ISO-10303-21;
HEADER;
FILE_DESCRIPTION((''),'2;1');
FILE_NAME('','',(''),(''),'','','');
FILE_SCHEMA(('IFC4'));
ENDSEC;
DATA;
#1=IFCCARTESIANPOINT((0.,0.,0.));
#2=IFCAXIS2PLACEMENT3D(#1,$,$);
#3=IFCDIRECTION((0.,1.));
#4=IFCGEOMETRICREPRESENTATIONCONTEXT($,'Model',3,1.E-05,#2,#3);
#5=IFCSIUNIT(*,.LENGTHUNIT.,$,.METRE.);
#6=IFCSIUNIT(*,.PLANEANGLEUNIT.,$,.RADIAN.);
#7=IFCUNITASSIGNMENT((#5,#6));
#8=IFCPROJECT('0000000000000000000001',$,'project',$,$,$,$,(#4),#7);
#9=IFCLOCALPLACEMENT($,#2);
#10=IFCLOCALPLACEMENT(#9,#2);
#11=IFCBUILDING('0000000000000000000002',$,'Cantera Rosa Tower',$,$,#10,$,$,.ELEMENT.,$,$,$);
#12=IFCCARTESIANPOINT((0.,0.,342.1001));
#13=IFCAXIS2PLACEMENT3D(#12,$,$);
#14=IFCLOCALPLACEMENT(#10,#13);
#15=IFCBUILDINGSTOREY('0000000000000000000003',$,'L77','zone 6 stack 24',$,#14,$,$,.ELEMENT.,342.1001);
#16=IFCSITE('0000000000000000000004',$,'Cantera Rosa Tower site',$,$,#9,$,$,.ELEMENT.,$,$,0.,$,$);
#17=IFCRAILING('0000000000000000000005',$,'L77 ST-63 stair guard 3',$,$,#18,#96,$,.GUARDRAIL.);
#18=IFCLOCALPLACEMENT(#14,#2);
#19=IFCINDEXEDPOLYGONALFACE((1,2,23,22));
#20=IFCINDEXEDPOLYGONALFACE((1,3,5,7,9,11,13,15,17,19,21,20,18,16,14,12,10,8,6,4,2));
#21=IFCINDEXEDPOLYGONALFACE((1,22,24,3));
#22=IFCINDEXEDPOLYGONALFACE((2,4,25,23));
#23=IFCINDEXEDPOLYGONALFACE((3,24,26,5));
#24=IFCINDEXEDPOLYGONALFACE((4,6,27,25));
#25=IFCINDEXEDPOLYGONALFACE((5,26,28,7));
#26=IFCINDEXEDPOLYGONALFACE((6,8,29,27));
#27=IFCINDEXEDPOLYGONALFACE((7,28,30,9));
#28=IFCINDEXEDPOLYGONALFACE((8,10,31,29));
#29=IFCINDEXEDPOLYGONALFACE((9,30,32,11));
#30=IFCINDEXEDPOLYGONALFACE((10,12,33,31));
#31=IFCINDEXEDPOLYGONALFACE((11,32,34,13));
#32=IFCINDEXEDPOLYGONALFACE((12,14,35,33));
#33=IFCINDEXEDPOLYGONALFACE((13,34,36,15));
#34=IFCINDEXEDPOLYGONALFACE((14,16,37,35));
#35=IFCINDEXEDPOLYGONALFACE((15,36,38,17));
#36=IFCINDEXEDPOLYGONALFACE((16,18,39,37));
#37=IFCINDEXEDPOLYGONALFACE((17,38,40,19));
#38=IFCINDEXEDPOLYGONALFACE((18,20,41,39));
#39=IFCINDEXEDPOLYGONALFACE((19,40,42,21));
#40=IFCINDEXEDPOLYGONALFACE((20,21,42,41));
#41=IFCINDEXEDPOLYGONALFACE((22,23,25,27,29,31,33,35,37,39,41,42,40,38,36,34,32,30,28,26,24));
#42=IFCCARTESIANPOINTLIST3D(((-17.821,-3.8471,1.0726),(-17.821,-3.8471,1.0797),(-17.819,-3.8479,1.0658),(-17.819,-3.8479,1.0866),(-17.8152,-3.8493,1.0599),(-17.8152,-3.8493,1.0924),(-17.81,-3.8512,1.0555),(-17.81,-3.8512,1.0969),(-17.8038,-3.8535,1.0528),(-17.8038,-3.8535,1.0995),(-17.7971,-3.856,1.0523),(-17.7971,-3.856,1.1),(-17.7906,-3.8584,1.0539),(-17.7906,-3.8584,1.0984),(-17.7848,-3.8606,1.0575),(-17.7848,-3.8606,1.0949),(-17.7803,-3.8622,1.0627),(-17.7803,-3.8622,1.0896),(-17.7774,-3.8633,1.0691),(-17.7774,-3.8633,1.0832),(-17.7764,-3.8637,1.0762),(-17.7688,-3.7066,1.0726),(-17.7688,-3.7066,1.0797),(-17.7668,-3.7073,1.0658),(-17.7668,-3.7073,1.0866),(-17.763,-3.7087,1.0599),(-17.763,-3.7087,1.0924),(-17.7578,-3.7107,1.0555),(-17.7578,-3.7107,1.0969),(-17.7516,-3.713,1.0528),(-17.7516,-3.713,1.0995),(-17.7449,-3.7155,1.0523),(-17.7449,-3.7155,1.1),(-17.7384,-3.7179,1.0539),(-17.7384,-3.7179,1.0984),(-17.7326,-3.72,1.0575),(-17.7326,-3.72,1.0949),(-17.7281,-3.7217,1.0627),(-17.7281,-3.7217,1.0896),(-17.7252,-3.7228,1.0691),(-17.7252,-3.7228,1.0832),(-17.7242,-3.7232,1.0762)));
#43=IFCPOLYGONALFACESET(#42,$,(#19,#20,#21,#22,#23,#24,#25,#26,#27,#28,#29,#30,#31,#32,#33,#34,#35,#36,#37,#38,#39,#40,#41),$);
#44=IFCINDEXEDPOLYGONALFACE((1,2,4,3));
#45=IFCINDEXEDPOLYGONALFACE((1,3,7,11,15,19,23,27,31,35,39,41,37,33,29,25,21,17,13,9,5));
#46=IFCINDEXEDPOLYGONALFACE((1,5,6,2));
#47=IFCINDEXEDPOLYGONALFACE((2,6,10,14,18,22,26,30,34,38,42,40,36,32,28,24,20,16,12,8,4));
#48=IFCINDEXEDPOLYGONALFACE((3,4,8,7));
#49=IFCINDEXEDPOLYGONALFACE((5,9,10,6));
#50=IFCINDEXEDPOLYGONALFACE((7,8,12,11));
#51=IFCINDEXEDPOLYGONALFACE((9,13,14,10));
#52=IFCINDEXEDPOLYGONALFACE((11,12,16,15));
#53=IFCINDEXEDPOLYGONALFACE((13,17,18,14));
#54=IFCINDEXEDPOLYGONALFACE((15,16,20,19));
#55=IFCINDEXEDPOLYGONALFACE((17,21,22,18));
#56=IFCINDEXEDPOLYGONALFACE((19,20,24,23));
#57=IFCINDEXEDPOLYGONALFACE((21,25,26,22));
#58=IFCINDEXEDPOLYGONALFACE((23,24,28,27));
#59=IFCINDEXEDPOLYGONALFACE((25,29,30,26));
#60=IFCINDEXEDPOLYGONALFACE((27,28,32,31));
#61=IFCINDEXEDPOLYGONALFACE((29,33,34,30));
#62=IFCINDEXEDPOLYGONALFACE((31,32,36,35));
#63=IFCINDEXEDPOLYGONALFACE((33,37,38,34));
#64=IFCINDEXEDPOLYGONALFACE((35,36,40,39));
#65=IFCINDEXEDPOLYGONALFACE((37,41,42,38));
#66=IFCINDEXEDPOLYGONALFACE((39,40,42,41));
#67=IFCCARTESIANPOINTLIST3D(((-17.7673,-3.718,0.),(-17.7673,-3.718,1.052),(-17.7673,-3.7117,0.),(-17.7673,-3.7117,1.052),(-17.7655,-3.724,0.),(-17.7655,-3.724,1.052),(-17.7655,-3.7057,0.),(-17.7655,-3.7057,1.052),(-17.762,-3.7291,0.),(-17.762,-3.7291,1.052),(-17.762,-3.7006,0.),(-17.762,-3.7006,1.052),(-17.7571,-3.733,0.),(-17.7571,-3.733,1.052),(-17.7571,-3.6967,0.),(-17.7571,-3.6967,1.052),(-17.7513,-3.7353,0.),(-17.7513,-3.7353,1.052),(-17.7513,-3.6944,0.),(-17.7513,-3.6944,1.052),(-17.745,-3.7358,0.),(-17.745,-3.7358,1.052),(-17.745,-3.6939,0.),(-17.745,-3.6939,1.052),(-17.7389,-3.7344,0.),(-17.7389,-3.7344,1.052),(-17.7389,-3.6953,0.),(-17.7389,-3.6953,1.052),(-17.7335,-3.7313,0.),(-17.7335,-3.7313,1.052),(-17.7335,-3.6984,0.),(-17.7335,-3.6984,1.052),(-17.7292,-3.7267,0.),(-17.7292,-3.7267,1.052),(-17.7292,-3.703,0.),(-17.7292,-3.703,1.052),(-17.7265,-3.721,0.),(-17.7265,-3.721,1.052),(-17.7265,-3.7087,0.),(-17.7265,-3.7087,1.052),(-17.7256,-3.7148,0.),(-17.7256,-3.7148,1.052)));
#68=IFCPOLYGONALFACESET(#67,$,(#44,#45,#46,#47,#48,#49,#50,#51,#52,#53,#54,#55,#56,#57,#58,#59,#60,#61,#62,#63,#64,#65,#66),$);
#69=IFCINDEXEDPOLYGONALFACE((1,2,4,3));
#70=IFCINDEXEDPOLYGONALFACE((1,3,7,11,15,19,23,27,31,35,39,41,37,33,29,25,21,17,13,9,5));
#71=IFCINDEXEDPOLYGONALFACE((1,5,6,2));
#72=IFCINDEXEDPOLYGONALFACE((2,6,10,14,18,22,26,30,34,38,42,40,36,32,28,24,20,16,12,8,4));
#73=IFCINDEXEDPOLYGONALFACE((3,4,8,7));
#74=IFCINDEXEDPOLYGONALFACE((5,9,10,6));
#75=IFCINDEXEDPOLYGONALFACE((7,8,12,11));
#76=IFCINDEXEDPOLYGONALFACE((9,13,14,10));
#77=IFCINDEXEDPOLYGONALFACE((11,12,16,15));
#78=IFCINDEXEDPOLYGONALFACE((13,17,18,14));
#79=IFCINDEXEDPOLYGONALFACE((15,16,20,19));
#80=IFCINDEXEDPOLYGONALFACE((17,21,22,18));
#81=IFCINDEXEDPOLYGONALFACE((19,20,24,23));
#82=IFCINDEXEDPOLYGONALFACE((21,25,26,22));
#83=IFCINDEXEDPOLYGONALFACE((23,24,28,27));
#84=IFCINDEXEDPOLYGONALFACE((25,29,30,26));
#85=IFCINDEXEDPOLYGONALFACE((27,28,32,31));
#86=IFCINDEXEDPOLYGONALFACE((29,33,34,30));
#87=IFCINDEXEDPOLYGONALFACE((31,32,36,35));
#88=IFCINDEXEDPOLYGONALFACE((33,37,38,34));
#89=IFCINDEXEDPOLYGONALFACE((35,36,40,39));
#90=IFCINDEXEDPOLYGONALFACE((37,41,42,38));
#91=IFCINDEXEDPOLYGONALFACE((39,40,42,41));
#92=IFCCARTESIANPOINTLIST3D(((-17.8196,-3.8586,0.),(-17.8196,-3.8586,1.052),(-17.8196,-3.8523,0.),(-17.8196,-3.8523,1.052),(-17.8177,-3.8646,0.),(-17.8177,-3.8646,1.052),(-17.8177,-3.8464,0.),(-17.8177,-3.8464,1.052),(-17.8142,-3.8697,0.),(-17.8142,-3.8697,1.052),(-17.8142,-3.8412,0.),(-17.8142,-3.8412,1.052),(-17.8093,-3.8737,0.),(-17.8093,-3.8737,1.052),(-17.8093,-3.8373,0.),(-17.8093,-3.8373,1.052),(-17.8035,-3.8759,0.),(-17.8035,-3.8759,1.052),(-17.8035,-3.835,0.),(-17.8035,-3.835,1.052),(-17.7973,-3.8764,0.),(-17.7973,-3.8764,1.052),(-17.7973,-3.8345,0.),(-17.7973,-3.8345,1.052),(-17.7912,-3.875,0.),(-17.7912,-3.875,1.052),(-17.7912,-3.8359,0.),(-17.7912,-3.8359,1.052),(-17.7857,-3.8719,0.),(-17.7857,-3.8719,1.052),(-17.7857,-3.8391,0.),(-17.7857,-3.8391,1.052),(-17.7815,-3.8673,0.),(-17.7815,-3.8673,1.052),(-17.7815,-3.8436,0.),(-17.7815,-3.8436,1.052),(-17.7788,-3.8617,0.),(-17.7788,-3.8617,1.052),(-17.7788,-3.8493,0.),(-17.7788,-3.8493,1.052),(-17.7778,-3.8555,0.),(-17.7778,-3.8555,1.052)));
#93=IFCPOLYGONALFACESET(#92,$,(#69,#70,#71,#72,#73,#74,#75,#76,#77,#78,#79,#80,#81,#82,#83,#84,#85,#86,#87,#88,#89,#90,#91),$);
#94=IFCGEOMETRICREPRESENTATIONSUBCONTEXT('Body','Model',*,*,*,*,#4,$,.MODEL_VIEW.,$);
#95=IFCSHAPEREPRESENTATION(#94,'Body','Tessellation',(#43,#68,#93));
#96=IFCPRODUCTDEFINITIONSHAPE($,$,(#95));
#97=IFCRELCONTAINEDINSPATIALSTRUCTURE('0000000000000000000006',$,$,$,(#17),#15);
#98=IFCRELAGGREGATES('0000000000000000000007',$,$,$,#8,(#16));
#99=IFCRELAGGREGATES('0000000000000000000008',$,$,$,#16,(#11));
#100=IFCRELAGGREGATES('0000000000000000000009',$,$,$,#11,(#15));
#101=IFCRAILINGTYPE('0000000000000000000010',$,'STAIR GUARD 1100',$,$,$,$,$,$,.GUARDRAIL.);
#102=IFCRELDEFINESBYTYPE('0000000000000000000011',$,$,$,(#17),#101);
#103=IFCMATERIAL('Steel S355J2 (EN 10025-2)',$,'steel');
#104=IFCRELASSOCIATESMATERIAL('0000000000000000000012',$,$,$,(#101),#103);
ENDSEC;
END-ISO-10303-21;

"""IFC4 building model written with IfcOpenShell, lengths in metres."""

from ifc_helpers import new_model, si_unit, direction, frame, origin, origin_2d, place, context, subcontext, project, spatial, circle, extrude, material, type_object, element, save


model = new_model("IFC4")

# Units and contexts
model_context = context("Model", 3, precision=1e-05, world=origin(), true_north=direction((0.0, 1.0)))
body_context = subcontext(model_context, "Body", "Model", "MODEL_VIEW")
ifc_project = project(units=[si_unit("LENGTHUNIT", "METRE"), si_unit("PLANEANGLEUNIT", "RADIAN")], contexts=[model_context])

# Site, building, storey
site_placement = place(None, origin())
site = spatial("IfcSite", under=ifc_project, at=site_placement, Name="Cantera Rosa Tower site", CompositionType="ELEMENT", RefElevation=0.0)
building_placement = place(site_placement, origin())
building = spatial("IfcBuilding", under=site, at=building_placement, Name="Cantera Rosa Tower", CompositionType="ELEMENT")
storey_placement = place(building_placement, frame((0.0, 0.0, 342.1001)))
storey = spatial("IfcBuildingStorey", under=building, at=storey_placement, Name="L77", Description="zone 6 stack 24", CompositionType="ELEMENT", Elevation=342.1001)

# Railing
ifc_material_1 = material(Name="Steel S355J2 (EN 10025-2)", Category="steel")
railing_type_1 = type_object("IfcRailingType", Name="STAIR GUARD 1100", PredefinedType="GUARDRAIL", material=ifc_material_1)
railing_1_placement = place(storey_placement, frame((-17.7466, -3.7148, 0.0)))
element("IfcRailing", 1, at=railing_1_placement, inside=storey, type_object=railing_type_1, Name="L77 ST-63 stair guard 3", PredefinedType="GUARDRAIL", context=body_context, shape_type="SweptSolid", body=[
    extrude(circle(Radius=0.0239, at=origin_2d()), frame((0.0, 0.0, 1.0762), z_axis=(-0.348268, -0.937395, 0.0), x_axis=(0.937395, -0.348268, 0.0)), (0.0, 0.0, 1.0), 0.1499),
    extrude(circle(Radius=0.021, at=origin_2d()), origin(), (0.0, 0.0, 1.0), 1.052),
    extrude(circle(Radius=0.021, at=origin_2d()), frame((-0.0522, -0.1406, 0.0)), (0.0, 0.0, 1.0), 1.052),
])

save(model, "model.ifc")
